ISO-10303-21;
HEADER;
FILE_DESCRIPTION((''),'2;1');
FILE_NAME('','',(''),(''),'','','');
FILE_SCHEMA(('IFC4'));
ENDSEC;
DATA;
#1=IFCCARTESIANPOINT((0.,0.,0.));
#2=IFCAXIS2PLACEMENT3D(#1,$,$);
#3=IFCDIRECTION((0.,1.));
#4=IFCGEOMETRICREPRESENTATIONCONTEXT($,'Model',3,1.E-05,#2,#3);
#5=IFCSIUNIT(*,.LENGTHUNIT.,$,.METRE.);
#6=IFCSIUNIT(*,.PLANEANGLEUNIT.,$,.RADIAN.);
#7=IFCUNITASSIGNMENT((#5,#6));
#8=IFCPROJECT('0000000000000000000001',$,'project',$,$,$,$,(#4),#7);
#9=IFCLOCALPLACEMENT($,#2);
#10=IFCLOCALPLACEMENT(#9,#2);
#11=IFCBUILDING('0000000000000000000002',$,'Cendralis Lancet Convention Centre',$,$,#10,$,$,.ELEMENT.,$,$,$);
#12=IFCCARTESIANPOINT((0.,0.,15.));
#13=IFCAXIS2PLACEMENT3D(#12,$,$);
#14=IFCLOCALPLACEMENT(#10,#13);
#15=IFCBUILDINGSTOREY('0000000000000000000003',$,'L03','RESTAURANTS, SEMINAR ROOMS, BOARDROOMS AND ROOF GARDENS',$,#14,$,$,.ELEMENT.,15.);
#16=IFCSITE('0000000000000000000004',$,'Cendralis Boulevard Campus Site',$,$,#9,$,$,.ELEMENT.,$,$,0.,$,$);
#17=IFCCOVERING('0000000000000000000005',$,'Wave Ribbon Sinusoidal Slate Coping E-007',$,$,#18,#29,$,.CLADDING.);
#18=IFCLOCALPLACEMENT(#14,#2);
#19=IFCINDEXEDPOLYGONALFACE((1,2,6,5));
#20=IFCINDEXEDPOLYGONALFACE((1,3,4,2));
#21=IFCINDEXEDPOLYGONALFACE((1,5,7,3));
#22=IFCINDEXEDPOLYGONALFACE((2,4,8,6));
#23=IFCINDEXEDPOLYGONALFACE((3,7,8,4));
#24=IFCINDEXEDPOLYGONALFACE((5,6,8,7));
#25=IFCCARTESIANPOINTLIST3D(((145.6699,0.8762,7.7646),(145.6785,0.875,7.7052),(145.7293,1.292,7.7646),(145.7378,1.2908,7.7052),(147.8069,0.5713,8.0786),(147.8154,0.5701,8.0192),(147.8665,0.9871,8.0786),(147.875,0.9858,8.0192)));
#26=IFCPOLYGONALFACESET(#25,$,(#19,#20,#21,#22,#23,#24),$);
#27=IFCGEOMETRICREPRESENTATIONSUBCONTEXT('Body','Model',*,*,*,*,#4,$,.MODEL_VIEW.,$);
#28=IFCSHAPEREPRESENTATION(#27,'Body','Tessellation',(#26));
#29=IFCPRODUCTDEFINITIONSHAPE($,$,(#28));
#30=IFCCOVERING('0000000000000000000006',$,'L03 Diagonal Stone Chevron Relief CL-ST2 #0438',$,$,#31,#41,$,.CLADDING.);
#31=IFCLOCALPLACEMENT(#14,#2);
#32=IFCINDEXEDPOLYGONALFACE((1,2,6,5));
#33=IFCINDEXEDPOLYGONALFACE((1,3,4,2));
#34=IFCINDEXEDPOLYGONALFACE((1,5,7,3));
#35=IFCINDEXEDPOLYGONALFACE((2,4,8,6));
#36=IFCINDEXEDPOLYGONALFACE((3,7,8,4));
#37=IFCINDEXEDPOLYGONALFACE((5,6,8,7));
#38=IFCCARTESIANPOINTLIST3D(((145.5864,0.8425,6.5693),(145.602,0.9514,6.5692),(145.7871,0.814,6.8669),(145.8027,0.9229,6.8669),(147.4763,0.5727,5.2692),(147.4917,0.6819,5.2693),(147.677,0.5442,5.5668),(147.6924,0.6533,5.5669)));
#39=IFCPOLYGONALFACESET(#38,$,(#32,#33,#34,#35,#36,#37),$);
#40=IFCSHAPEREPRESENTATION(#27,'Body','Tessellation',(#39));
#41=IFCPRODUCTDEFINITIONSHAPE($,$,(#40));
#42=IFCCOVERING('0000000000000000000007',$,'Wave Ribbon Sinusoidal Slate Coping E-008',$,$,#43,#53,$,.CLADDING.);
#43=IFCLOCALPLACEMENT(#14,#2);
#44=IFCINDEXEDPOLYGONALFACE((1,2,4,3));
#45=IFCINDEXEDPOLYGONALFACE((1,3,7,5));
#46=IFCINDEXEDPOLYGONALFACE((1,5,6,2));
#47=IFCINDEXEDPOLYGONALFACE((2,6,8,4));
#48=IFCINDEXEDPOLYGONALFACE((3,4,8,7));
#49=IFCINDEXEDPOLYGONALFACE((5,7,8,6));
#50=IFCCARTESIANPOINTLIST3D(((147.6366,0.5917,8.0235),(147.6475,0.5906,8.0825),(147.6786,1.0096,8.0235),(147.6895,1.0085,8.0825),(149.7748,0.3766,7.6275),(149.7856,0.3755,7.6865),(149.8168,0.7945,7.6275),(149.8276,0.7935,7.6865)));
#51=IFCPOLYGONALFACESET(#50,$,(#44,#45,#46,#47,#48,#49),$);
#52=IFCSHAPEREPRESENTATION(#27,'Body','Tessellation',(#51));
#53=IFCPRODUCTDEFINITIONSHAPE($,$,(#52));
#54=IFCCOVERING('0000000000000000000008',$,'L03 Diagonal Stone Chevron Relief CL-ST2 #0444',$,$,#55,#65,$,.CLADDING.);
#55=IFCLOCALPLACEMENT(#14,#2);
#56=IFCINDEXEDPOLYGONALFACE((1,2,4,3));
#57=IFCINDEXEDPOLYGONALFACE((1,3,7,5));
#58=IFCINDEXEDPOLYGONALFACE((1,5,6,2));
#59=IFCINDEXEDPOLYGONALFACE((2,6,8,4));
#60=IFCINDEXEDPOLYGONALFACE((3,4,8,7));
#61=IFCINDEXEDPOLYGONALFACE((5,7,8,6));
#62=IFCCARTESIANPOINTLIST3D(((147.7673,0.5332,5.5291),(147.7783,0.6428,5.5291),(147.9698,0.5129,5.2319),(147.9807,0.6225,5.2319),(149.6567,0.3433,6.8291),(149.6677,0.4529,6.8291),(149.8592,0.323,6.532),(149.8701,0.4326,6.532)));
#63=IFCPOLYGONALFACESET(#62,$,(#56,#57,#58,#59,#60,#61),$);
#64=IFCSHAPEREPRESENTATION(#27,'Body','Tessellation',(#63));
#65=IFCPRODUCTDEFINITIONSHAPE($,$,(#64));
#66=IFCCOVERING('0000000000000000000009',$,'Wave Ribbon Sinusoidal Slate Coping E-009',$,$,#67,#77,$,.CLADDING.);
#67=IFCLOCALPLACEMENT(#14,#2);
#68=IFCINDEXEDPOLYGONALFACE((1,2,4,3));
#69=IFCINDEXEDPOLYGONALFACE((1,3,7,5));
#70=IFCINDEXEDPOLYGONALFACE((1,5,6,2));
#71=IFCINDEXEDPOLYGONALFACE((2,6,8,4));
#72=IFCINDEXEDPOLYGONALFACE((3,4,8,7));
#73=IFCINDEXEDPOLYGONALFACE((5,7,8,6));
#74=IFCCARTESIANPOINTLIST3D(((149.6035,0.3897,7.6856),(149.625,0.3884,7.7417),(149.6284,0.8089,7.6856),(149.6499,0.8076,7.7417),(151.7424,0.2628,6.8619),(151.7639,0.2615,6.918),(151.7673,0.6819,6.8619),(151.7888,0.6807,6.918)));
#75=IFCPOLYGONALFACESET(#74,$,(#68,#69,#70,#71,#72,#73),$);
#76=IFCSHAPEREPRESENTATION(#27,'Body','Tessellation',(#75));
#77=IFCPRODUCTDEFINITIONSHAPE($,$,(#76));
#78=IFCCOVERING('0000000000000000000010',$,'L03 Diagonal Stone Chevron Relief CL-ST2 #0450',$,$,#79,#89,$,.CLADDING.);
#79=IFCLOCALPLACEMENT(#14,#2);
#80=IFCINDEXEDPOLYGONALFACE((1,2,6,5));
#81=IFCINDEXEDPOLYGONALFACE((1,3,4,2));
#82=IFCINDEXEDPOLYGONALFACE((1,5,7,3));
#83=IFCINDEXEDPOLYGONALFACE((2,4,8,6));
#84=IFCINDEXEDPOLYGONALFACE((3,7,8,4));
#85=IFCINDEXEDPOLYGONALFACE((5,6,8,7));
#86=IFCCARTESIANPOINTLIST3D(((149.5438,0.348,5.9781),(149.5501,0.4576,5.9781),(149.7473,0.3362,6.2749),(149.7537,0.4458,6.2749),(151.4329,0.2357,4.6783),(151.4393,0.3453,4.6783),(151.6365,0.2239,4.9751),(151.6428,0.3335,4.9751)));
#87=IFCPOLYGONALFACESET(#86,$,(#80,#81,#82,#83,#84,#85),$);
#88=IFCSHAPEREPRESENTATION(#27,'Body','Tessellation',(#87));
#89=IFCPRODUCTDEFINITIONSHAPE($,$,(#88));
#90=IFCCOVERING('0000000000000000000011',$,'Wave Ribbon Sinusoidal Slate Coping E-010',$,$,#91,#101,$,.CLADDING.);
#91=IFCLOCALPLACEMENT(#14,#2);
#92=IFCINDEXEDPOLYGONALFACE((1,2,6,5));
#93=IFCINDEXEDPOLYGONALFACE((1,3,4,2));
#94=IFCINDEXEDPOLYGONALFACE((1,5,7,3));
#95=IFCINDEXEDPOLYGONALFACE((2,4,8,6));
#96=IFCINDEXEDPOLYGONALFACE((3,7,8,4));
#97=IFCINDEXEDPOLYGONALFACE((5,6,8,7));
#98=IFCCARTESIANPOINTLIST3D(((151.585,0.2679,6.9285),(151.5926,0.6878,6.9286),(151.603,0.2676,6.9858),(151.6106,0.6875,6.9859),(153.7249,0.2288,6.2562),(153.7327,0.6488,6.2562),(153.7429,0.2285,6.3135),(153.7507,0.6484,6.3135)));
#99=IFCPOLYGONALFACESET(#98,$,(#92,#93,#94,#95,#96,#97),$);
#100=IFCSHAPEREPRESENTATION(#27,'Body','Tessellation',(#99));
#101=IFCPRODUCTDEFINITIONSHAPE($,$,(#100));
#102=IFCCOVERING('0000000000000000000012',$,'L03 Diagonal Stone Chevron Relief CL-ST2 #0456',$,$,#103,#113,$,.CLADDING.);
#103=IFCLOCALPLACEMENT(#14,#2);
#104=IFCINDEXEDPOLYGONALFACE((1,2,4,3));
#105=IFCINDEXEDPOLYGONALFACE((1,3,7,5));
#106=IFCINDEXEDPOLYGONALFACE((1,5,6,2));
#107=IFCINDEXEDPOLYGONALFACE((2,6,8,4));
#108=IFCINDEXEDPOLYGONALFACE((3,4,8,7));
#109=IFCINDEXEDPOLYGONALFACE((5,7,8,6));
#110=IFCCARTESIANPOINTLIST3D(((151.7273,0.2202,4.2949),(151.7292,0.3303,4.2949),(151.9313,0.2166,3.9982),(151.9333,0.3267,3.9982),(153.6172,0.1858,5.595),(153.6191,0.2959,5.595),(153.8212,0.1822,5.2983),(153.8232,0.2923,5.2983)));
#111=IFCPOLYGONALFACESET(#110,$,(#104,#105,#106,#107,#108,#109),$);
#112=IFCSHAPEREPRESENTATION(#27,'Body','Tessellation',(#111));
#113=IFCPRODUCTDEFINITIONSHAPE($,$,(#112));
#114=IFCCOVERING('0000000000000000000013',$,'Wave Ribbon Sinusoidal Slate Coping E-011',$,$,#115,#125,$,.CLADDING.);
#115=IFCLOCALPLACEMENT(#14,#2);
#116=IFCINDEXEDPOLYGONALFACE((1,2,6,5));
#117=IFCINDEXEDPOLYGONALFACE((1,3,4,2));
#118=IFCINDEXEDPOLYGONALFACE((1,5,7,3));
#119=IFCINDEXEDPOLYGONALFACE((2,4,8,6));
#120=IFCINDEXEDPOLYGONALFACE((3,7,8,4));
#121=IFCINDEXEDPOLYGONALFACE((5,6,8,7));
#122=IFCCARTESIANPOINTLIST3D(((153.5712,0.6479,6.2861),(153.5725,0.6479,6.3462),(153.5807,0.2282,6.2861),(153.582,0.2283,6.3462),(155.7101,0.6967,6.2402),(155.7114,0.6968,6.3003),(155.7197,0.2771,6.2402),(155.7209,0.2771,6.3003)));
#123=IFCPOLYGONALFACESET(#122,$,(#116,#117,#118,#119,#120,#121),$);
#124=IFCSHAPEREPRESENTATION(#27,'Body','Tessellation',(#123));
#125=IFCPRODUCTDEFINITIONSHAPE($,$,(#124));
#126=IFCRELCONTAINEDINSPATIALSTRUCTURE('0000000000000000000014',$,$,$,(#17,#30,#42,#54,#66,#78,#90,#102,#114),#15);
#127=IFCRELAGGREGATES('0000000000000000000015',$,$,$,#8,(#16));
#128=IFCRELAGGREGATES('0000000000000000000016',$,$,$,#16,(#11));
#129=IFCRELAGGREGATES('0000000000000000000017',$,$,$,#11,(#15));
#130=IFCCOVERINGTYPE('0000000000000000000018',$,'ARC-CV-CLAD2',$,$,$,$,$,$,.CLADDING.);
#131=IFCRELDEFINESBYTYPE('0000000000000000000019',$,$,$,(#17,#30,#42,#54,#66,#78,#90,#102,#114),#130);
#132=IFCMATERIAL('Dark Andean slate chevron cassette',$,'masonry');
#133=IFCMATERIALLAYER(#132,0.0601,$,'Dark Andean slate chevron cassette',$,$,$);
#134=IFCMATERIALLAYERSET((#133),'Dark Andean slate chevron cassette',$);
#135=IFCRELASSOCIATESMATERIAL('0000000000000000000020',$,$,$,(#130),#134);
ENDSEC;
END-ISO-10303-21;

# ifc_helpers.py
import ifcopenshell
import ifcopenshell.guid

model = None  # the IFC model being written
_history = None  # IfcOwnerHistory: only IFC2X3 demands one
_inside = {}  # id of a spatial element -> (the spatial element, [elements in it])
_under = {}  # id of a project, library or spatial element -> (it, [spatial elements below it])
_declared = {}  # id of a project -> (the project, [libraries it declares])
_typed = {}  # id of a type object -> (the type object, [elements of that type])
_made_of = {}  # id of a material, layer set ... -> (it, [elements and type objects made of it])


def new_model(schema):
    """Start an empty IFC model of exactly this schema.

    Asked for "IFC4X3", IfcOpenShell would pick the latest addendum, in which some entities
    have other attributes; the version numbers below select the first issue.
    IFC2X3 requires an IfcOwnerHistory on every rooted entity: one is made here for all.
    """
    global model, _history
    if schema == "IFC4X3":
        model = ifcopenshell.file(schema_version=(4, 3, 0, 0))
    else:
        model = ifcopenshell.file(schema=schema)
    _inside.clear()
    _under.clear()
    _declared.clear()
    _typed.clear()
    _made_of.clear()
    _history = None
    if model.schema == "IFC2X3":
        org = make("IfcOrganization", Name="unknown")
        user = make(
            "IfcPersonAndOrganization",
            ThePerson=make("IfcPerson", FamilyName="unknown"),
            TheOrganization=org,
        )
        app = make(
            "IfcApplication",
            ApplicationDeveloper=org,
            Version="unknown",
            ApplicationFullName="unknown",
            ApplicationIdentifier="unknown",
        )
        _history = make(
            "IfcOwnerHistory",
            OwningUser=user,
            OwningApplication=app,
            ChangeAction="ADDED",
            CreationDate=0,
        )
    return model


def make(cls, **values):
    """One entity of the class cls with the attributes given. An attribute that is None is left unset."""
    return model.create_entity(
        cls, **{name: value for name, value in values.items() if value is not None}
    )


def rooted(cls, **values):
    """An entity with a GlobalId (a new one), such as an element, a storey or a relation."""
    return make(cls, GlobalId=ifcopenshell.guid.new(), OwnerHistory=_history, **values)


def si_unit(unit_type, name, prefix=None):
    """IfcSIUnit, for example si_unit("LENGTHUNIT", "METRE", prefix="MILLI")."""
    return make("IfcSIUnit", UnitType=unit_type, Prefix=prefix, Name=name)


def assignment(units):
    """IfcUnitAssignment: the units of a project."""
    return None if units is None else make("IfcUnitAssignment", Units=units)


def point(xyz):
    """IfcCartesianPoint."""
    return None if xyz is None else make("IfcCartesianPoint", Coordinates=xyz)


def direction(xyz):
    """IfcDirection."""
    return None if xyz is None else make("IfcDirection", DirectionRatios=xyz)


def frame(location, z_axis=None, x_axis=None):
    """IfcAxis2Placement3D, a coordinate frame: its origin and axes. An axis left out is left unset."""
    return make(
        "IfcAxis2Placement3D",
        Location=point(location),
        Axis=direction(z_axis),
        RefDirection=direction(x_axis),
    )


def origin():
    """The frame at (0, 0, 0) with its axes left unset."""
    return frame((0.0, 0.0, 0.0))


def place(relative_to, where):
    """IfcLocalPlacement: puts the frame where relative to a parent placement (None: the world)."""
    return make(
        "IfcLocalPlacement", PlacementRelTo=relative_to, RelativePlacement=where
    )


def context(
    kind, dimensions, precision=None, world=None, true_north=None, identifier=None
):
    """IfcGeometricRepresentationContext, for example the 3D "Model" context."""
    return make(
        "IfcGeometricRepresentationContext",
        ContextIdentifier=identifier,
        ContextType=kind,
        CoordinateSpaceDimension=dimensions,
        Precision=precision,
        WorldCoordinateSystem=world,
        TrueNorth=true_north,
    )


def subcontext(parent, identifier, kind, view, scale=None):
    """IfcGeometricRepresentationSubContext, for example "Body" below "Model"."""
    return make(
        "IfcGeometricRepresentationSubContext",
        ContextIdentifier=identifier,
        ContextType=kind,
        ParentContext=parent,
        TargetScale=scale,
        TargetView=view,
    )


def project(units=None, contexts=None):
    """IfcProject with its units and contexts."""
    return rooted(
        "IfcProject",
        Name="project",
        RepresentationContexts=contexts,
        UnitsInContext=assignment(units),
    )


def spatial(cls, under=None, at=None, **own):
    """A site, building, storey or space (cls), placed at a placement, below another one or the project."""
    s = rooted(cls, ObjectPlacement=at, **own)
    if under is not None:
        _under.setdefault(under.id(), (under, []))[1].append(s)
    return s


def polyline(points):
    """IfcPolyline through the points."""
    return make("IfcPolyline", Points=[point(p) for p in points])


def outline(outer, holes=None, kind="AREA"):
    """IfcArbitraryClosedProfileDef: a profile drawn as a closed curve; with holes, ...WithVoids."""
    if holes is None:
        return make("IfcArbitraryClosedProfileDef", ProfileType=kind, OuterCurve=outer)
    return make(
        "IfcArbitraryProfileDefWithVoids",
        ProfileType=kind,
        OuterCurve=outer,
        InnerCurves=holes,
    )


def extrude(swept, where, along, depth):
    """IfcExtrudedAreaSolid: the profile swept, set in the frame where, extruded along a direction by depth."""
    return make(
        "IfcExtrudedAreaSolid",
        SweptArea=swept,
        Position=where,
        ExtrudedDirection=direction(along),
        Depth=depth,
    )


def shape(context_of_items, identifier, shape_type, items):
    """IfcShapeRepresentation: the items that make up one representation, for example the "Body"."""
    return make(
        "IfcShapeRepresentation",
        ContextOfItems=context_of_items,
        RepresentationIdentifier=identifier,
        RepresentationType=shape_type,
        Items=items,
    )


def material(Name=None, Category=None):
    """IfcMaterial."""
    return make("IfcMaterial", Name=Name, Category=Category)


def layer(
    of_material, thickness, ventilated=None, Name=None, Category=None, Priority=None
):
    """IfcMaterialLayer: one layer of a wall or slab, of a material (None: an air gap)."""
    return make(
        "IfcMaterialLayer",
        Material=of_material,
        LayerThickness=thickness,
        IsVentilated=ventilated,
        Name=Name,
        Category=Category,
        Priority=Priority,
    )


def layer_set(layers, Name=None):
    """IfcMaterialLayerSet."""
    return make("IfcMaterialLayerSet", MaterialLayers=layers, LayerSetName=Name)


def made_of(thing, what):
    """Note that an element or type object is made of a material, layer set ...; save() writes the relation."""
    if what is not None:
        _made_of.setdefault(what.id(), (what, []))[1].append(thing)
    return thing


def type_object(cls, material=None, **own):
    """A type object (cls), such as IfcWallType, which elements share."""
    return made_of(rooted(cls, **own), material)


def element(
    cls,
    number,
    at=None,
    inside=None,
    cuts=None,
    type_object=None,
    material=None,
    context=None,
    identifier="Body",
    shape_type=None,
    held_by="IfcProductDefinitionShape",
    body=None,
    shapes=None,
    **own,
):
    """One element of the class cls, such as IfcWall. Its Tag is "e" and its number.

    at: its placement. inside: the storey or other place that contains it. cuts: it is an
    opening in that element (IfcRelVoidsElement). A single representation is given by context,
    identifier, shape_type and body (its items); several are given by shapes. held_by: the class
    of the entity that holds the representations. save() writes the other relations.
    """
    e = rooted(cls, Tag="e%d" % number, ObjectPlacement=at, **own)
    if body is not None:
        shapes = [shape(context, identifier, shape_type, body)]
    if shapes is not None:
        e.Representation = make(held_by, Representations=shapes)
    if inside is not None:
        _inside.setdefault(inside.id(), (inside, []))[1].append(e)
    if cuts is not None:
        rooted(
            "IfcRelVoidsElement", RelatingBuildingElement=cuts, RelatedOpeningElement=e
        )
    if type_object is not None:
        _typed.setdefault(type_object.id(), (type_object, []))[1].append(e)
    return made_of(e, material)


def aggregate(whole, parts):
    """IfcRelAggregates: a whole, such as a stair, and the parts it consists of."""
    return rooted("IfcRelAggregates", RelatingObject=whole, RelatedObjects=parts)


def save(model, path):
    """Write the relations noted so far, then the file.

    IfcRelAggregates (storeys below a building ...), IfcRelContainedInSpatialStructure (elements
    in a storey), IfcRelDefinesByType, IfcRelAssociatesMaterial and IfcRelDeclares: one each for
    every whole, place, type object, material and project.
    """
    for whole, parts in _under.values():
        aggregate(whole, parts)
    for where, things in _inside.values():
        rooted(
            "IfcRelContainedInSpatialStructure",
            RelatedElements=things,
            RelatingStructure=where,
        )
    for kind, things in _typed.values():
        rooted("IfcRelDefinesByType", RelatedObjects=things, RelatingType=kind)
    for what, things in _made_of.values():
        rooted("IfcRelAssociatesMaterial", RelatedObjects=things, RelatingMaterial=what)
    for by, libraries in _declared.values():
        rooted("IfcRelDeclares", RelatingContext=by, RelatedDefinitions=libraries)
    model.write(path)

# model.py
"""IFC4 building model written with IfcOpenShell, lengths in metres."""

from ifc_helpers import new_model, si_unit, direction, frame, origin, place, context, subcontext, project, spatial, polyline, outline, extrude, material, layer, layer_set, type_object, element, save


model = new_model("IFC4")

# Units and contexts
model_context = context("Model", 3, precision=1e-05, world=origin(), true_north=direction((0.0, 1.0)))
body_context = subcontext(model_context, "Body", "Model", "MODEL_VIEW")
ifc_project = project(units=[si_unit("LENGTHUNIT", "METRE"), si_unit("PLANEANGLEUNIT", "RADIAN")], contexts=[model_context])

# Site, building, storey
site_placement = place(None, origin())
site = spatial("IfcSite", under=ifc_project, at=site_placement, Name="Cendralis Boulevard Campus Site", CompositionType="ELEMENT", RefElevation=0.0)
building_placement = place(site_placement, origin())
building = spatial("IfcBuilding", under=site, at=building_placement, Name="Cendralis Lancet Convention Centre", CompositionType="ELEMENT")
storey_placement = place(building_placement, frame((0.0, 0.0, 15.0)))
storey = spatial("IfcBuildingStorey", under=building, at=storey_placement, Name="L03", Description="RESTAURANTS, SEMINAR ROOMS, BOARDROOMS AND ROOF GARDENS", CompositionType="ELEMENT", Elevation=15.0)

# Shared definitions
ifc_material_1 = material(Name="Dark Andean slate chevron cassette", Category="masonry")

# Coverings
ifc_layer_1 = layer(ifc_material_1, 0.0601, Name="Dark Andean slate chevron cassette")
ifc_layer_set_1 = layer_set([ifc_layer_1], Name="Dark Andean slate chevron cassette")
covering_type_1 = type_object("IfcCoveringType", Name="ARC-CV-CLAD2", PredefinedType="CLADDING", material=ifc_layer_set_1)
covering_1_placement = place(storey_placement, frame((145.6699, 0.8762, 7.7646), z_axis=(-0.142476, 0.020372, 0.989589), x_axis=(0.979665, -0.139792, 0.143925)))
element("IfcCovering", 1, at=covering_1_placement, inside=storey, type_object=covering_type_1, Name="Wave Ribbon Sinusoidal Slate Coping E-007", PredefinedType="CLADDING", context=body_context, shape_type="SweptSolid", body=[
    extrude(outline(polyline([(0.0, 0.0), (2.1813, 0.0), (2.1816, 0.42), (0.0, 0.42), (0.0, 0.0)])), origin(), (0.0, 0.0, -1.0), 0.0601),
])
covering_2_placement = place(storey_placement, frame((145.7871, 0.814, 6.8669), z_axis=(0.557291, -0.079256, 0.826526), x_axis=(0.818232, -0.1168, -0.562899)))
element("IfcCovering", 2, at=covering_2_placement, inside=storey, type_object=covering_type_1, Name="L03 Diagonal Stone Chevron Relief CL-ST2 #0438", PredefinedType="CLADDING", context=body_context, shape_type="SweptSolid", body=[
    extrude(outline(polyline([(0.0, 0.0), (2.3097, 0.0), (2.3095, 0.1102), (0.0001, 0.11), (0.0, 0.0)])), origin(), (0.0, 0.0, -1.0), 0.3601),
])
covering_3_placement = place(storey_placement, frame((147.6475, 0.5906, 8.0825), z_axis=(0.180313, -0.018116, 0.983442), x_axis=(0.978504, -0.098431, -0.181221)))
element("IfcCovering", 3, at=covering_3_placement, inside=storey, type_object=covering_type_1, Name="Wave Ribbon Sinusoidal Slate Coping E-008", PredefinedType="CLADDING", context=body_context, shape_type="SweptSolid", body=[
    extrude(outline(polyline([(0.0, 0.0), (2.1852, 0.0), (2.1851, 0.4201), (-0.0001, 0.4201), (0.0, 0.0)])), origin(), (0.0, 0.0, -1.0), 0.0601),
])
covering_4_placement = place(storey_placement, frame((147.7673, 0.5332, 5.5291), z_axis=(-0.5621, 0.056335, 0.825149), x_axis=(0.821011, -0.082536, 0.564915)))
element("IfcCovering", 4, at=covering_4_placement, inside=storey, type_object=covering_type_1, Name="L03 Diagonal Stone Chevron Relief CL-ST2 #0444", PredefinedType="CLADDING", context=body_context, shape_type="SweptSolid", body=[
    extrude(outline(polyline([(0.0, 0.0), (2.3013, 0.0), (2.3013, 0.1102), (0.0, 0.1102), (0.0, 0.0)])), origin(), (0.0, 0.0, -1.0), 0.3601),
])
covering_5_placement = place(storey_placement, frame((149.625, 0.3884, 7.7417), z_axis=(0.358204, -0.021279, 0.933401), x_axis=(0.931761, -0.055304, -0.358836)))
element("IfcCovering", 5, at=covering_5_placement, inside=storey, type_object=covering_type_1, Name="Wave Ribbon Sinusoidal Slate Coping E-009", PredefinedType="CLADDING", context=body_context, shape_type="SweptSolid", body=[
    extrude(outline(polyline([(0.0, 0.0), (2.2956, 0.0), (2.2956, 0.4199), (0.0, 0.4199), (0.0, 0.0)])), origin(), (0.0, 0.0, -1.0), 0.0601),
])
covering_6_placement = place(storey_placement, frame((149.7473, 0.3362, 6.2749), z_axis=(0.565202, -0.032729, 0.824303), x_axis=(0.822851, -0.048916, -0.566148)))
element("IfcCovering", 6, at=covering_6_placement, inside=storey, type_object=covering_type_1, Name="L03 Diagonal Stone Chevron Relief CL-ST2 #0450", PredefinedType="CLADDING", context=body_context, shape_type="SweptSolid", body=[
    extrude(outline(polyline([(0.0, 0.0), (2.2959, 0.0), (2.2957, 0.1098), (-0.0001, 0.1098), (0.0, 0.0)])), origin(), (0.0, 0.0, -1.0), 0.3601),
])
covering_7_placement = place(storey_placement, frame((151.603, 0.2676, 6.9858), z_axis=(0.299645, -0.005488, 0.954035), x_axis=(0.953876, -0.017412, -0.299695)))
element("IfcCovering", 7, at=covering_7_placement, inside=storey, type_object=covering_type_1, Name="Wave Ribbon Sinusoidal Slate Coping E-010", PredefinedType="CLADDING", context=body_context, shape_type="SweptSolid", body=[
    extrude(outline(polyline([(0.0, 0.0), (2.2434, 0.0), (2.2435, 0.42), (-0.0001, 0.42), (0.0, 0.0)])), origin(), (0.0, 0.0, -1.0), 0.0601),
])
covering_8_placement = place(storey_placement, frame((151.7273, 0.2202, 4.2949), z_axis=(-0.566597, 0.010051, 0.823934), x_axis=(0.823797, -0.015005, 0.566686)))
element("IfcCovering", 8, at=covering_8_placement, inside=storey, type_object=covering_type_1, Name="L03 Diagonal Stone Chevron Relief CL-ST2 #0456", PredefinedType="CLADDING", context=body_context, shape_type="SweptSolid", body=[
    extrude(outline(polyline([(0.0, 0.0), (2.2941, 0.0), (2.2941, 0.1101), (0.0, 0.1101), (0.0, 0.0)])), origin(), (0.0, 0.0, -1.0), 0.3601),
])
covering_9_placement = place(storey_placement, frame((153.582, 0.2283, 6.3462), z_axis=(0.021443, 0.000486, 0.99977), x_axis=(0.99951, 0.022817, -0.021448)))
element("IfcCovering", 9, at=covering_9_placement, inside=storey, type_object=covering_type_1, Name="Wave Ribbon Sinusoidal Slate Coping E-011", PredefinedType="CLADDING", context=body_context, shape_type="SweptSolid", body=[
    extrude(outline(polyline([(0.0, 0.0), (2.14, 0.0), (2.14, 0.4198), (0.0001, 0.4198), (0.0, 0.0)])), origin(), (0.0, 0.0, -1.0), 0.0601),
])

save(model, "model.ifc")
